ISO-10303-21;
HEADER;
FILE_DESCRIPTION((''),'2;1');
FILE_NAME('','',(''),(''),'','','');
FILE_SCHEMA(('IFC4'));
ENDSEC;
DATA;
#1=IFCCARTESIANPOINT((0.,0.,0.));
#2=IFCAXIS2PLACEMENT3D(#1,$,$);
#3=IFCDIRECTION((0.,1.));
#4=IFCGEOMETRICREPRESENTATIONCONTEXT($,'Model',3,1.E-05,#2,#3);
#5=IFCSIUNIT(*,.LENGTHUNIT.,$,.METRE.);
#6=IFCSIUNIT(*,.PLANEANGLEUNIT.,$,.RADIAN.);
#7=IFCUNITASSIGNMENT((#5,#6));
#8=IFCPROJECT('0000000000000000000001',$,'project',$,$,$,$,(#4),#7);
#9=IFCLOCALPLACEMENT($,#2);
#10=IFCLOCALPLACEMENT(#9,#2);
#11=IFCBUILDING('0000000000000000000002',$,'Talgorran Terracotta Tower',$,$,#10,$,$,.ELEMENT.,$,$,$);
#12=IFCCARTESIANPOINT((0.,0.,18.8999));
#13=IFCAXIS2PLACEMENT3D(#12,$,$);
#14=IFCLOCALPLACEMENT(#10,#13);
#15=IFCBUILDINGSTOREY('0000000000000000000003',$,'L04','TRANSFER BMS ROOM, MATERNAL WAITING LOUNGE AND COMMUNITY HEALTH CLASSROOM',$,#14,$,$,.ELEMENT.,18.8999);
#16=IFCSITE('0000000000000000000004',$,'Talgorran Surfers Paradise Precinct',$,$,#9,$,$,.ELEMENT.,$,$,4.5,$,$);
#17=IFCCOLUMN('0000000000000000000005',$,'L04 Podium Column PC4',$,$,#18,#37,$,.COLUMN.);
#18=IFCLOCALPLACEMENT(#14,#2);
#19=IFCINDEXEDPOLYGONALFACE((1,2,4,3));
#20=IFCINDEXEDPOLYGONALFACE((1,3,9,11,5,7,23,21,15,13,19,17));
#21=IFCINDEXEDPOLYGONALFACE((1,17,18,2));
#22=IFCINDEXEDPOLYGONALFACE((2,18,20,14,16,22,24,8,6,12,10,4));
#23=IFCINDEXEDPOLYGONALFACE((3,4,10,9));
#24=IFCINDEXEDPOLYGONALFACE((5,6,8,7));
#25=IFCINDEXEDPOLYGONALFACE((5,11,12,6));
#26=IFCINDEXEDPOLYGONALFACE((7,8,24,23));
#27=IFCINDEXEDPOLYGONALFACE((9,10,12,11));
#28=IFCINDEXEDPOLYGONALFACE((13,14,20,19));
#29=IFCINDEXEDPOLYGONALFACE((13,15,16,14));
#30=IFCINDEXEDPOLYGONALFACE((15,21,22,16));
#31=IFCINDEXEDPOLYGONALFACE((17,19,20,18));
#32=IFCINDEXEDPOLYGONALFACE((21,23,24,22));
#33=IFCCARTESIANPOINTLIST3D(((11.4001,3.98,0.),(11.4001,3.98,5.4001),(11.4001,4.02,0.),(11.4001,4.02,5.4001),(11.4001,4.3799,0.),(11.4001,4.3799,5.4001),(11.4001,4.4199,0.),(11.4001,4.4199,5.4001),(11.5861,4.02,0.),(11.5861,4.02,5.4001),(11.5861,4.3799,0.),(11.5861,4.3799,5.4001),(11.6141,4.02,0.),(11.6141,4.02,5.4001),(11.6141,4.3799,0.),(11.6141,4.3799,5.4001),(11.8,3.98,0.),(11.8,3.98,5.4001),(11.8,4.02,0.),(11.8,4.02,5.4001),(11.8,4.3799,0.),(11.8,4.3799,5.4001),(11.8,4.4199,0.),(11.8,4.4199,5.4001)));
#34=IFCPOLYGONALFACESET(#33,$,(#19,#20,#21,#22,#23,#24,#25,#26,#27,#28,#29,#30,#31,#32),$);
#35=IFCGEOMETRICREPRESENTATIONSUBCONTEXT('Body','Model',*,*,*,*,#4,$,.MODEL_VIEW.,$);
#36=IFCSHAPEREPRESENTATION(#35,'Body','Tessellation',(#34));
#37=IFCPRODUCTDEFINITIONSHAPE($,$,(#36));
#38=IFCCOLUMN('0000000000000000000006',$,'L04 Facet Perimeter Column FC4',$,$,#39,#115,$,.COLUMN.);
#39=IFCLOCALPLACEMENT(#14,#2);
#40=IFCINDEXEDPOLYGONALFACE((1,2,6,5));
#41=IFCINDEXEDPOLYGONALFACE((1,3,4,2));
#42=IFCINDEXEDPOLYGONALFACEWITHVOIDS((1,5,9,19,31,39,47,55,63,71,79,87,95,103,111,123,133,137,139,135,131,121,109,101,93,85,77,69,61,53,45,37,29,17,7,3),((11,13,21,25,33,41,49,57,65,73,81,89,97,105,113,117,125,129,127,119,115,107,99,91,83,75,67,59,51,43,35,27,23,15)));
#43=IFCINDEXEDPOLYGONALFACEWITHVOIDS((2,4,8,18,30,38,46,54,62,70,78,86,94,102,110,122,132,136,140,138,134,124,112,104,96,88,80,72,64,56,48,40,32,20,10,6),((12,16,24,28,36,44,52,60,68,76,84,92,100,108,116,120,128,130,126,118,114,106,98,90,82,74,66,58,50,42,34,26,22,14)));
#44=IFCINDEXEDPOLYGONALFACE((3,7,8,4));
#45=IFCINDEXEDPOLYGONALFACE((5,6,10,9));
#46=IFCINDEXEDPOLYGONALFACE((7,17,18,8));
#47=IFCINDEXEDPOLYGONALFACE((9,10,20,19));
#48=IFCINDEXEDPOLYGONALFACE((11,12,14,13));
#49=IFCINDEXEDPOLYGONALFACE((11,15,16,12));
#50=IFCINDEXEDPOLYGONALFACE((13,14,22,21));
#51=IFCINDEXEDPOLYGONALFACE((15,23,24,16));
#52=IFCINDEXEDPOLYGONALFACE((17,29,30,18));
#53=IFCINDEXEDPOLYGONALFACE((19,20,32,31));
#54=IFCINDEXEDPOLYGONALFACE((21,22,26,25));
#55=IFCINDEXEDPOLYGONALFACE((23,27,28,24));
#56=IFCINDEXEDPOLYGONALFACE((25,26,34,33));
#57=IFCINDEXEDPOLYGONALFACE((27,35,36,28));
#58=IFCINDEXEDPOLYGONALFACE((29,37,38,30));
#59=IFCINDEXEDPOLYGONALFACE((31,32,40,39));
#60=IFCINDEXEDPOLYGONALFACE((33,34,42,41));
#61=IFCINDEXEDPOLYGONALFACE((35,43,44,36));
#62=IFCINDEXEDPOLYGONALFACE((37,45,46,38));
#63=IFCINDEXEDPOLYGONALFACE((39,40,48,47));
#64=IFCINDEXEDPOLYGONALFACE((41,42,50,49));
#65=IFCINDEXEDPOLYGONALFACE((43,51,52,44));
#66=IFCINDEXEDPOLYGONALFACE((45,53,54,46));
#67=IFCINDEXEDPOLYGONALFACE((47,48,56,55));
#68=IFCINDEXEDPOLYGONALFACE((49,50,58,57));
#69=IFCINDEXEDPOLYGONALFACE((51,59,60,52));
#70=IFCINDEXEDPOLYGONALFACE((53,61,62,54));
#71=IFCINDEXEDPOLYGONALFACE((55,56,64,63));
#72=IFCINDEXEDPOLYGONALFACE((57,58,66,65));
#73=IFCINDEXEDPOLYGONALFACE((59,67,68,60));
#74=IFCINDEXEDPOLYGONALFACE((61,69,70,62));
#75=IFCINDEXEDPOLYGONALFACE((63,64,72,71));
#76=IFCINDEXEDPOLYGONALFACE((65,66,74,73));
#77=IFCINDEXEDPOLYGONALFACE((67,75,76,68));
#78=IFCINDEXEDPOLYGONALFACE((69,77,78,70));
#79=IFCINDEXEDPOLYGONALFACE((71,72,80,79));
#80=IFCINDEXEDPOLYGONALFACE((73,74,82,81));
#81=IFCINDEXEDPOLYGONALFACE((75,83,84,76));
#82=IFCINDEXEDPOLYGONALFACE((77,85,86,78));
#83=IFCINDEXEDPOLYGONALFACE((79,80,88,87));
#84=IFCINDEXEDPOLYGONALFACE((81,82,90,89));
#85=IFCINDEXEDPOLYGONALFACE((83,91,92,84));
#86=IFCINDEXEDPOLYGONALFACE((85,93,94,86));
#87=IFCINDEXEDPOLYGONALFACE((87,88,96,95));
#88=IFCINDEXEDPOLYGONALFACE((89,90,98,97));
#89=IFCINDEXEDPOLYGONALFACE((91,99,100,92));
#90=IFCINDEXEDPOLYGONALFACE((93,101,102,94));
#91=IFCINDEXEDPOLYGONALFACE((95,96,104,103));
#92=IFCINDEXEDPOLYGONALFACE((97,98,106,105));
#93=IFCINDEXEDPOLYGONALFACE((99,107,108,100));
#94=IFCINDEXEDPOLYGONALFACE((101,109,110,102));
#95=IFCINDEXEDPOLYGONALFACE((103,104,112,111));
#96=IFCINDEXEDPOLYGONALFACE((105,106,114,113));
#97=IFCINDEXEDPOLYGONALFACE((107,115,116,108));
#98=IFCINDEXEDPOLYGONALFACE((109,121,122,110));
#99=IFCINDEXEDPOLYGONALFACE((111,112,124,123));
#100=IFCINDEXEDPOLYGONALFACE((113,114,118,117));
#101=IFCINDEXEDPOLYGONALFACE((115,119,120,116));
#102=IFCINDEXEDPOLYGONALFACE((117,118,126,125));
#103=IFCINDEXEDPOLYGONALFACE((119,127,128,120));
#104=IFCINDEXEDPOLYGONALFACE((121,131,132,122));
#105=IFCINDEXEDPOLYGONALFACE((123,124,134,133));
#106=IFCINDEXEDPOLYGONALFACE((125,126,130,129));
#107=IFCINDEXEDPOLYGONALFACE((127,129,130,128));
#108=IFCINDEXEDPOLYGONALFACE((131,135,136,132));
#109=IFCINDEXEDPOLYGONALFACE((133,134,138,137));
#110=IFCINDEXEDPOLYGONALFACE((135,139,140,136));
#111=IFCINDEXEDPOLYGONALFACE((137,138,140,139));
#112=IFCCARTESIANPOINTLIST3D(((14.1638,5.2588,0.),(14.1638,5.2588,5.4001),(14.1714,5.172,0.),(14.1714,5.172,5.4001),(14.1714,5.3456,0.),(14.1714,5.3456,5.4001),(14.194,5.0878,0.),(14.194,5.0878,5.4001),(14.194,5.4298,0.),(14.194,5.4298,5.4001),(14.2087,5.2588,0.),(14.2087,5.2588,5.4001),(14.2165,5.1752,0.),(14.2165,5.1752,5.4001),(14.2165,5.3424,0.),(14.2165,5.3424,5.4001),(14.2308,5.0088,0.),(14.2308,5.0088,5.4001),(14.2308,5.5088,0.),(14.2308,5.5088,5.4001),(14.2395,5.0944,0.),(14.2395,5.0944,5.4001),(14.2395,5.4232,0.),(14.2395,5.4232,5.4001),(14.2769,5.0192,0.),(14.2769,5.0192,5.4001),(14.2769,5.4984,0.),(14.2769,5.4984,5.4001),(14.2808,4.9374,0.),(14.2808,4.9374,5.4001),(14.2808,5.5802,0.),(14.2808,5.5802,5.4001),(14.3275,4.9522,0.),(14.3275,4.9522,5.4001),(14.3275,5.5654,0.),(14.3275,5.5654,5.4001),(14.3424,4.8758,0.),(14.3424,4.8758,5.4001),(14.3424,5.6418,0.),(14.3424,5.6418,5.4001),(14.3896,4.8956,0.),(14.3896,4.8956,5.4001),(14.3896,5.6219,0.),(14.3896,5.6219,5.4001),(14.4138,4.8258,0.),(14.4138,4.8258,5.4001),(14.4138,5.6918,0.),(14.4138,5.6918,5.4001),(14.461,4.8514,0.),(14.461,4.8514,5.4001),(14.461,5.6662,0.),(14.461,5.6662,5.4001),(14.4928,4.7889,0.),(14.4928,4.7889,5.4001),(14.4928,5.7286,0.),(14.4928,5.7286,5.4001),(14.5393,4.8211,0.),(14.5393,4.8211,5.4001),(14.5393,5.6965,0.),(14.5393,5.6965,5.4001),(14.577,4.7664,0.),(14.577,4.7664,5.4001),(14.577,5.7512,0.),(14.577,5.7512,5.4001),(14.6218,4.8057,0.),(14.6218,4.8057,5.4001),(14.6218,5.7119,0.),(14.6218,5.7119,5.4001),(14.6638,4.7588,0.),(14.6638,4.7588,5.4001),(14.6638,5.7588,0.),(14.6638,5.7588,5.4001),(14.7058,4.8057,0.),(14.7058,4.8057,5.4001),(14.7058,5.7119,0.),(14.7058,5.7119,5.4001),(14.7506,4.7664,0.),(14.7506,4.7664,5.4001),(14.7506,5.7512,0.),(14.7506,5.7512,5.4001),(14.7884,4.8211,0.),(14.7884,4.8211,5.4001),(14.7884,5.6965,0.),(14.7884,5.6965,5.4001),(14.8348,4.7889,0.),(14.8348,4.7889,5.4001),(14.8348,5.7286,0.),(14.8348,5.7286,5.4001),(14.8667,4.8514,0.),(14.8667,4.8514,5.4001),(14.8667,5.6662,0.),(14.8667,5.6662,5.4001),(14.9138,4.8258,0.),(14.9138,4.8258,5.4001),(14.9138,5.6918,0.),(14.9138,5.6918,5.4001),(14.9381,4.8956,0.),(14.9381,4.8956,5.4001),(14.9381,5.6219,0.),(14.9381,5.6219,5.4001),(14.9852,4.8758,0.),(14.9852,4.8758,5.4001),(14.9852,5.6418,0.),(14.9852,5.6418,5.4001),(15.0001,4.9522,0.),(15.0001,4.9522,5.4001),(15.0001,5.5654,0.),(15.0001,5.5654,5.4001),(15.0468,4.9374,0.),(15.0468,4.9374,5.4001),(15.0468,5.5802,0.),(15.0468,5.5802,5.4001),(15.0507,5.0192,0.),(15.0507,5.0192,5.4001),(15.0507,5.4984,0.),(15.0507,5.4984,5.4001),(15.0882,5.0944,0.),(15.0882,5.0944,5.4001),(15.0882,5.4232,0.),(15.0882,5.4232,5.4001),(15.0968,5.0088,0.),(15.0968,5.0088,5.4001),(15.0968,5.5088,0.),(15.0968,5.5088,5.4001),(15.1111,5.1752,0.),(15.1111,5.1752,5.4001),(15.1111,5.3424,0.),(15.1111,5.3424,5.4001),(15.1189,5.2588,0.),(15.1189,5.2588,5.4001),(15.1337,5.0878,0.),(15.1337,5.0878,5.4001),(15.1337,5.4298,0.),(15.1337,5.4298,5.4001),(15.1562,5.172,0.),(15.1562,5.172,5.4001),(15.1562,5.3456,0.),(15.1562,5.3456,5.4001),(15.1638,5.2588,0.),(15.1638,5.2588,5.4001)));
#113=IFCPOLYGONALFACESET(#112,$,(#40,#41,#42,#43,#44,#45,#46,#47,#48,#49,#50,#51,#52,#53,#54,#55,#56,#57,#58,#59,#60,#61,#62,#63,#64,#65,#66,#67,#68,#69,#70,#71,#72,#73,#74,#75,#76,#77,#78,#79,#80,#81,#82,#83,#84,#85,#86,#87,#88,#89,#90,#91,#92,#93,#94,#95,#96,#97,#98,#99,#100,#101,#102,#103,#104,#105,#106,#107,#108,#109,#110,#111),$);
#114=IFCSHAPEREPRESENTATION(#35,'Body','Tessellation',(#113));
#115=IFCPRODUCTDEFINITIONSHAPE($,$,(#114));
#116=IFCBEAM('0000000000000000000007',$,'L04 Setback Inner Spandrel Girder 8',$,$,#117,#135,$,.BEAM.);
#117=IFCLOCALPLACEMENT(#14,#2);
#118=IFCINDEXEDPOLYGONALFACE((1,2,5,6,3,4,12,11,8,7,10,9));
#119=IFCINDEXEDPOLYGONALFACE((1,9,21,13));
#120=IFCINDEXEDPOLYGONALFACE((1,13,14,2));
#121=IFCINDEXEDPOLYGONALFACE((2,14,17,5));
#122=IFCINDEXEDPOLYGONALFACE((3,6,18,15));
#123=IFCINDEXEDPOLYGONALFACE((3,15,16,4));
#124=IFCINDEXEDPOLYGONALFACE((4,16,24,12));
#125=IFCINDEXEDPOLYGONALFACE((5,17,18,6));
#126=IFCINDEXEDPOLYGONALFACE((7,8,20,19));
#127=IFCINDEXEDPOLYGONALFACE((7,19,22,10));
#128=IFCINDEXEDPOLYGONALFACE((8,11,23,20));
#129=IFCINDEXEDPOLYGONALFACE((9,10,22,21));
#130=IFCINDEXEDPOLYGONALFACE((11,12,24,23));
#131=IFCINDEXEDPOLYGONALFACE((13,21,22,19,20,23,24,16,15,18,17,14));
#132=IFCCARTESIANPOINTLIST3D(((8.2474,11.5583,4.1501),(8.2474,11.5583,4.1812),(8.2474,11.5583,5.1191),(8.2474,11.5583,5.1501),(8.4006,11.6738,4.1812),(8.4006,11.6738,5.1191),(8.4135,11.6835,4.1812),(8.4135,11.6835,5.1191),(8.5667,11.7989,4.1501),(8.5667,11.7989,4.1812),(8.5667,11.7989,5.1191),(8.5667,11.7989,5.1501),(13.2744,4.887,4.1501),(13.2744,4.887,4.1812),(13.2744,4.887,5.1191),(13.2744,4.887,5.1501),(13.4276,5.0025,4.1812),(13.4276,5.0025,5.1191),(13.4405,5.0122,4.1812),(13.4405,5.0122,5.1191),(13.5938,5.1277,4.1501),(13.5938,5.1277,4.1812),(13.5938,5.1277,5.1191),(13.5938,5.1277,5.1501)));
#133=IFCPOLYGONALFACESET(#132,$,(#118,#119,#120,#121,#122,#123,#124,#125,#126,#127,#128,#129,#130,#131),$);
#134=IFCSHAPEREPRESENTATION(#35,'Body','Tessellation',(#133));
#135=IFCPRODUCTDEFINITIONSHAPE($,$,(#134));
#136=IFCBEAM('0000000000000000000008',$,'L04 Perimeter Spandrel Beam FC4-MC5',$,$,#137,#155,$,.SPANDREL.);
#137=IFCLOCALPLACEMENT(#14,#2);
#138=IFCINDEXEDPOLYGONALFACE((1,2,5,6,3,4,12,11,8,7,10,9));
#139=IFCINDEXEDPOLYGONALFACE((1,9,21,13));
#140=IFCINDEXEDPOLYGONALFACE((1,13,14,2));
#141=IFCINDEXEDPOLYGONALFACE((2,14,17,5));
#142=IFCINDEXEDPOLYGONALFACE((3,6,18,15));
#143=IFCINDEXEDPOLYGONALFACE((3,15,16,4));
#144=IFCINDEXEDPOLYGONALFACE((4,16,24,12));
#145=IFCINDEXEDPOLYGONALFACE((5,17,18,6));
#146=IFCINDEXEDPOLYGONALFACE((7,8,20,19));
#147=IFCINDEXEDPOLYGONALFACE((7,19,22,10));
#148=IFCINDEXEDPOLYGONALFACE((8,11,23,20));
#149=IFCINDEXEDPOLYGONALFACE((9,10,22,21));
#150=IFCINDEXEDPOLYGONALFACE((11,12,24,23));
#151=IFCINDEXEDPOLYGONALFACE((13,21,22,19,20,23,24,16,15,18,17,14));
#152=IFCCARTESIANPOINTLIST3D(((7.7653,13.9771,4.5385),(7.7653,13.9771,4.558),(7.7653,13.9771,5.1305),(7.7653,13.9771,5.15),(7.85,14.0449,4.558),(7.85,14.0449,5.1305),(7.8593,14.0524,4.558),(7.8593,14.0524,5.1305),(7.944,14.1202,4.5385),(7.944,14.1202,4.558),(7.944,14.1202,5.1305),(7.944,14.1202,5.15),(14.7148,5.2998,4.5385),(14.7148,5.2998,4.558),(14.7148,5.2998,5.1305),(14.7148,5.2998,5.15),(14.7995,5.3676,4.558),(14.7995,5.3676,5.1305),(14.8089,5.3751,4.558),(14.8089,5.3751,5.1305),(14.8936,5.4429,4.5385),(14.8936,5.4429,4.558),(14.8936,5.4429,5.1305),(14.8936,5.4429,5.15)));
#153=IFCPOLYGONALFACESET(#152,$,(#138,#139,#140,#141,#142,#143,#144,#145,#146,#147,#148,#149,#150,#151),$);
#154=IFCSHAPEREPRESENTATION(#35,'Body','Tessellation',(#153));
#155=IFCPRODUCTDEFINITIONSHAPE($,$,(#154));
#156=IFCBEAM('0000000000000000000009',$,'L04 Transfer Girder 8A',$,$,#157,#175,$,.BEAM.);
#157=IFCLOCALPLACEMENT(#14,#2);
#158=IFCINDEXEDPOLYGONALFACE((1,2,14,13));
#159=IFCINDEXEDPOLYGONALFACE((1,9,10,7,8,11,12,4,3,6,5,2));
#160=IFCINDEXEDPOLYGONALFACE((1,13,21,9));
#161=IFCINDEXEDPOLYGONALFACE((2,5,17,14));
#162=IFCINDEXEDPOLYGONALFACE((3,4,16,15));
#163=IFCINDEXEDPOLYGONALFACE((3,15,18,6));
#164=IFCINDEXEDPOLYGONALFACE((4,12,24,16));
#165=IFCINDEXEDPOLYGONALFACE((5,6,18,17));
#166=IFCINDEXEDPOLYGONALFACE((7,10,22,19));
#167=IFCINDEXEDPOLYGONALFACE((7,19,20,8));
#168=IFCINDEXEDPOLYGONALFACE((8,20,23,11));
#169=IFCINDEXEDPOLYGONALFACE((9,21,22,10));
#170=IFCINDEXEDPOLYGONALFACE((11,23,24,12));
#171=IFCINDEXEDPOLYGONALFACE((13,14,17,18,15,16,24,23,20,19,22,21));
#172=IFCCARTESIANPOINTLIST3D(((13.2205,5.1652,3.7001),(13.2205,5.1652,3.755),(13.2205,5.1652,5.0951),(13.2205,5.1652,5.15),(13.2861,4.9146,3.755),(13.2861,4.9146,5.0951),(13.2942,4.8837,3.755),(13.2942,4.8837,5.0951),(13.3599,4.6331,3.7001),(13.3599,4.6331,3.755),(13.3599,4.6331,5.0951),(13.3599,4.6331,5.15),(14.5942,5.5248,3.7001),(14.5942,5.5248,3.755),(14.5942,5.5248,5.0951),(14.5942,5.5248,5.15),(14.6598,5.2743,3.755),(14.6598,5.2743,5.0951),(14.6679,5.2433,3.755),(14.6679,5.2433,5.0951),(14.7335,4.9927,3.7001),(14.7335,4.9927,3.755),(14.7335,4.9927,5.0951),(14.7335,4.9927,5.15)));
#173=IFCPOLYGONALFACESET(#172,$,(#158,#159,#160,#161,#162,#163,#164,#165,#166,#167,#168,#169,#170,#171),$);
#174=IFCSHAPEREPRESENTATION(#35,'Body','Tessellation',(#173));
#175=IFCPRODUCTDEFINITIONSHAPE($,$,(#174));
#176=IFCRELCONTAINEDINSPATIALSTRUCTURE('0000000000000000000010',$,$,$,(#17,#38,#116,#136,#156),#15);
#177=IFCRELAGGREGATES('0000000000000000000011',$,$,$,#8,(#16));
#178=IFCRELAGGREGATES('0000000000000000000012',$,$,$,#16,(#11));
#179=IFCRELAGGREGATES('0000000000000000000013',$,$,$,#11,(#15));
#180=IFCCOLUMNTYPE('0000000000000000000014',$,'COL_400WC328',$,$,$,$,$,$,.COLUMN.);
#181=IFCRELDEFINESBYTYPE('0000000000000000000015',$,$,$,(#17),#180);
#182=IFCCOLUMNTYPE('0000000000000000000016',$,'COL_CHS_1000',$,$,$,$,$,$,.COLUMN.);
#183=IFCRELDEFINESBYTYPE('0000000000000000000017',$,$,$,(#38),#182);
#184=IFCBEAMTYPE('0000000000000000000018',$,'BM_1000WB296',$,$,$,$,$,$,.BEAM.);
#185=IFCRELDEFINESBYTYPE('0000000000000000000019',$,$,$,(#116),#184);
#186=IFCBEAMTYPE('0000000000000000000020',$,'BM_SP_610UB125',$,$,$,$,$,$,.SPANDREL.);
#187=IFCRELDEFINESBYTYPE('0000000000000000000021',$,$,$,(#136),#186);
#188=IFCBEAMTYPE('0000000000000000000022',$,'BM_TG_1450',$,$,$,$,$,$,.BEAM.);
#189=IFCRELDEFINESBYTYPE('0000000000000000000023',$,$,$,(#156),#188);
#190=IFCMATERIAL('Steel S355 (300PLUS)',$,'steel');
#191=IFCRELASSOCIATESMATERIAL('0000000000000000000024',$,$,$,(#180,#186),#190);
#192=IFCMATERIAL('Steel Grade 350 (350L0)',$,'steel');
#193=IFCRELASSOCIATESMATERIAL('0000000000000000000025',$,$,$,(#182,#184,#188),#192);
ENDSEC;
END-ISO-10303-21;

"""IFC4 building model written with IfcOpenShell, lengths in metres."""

from ifc_helpers import new_model, si_unit, direction, frame, origin, origin_2d, place, context, subcontext, project, spatial, hollow_circle, i_section, extrude, material, material_profile, profile_set, type_object, element, save


model = new_model("IFC4")

# Units and contexts
model_context = context("Model", 3, precision=1e-05, world=origin(), true_north=direction((0.0, 1.0)))
body_context = subcontext(model_context, "Body", "Model", "MODEL_VIEW")
ifc_project = project(units=[si_unit("LENGTHUNIT", "METRE"), si_unit("PLANEANGLEUNIT", "RADIAN")], contexts=[model_context])

# Site, building, storey
site_placement = place(None, origin())
site = spatial("IfcSite", under=ifc_project, at=site_placement, Name="Talgorran Surfers Paradise Precinct", CompositionType="ELEMENT", RefElevation=4.5)
building_placement = place(site_placement, origin())
building = spatial("IfcBuilding", under=site, at=building_placement, Name="Talgorran Terracotta Tower", CompositionType="ELEMENT")
storey_placement = place(building_placement, frame((0.0, 0.0, 18.8999)))
storey = spatial("IfcBuildingStorey", under=building, at=storey_placement, Name="L04", Description="TRANSFER BMS ROOM, MATERNAL WAITING LOUNGE AND COMMUNITY HEALTH CLASSROOM", CompositionType="ELEMENT", Elevation=18.8999)

# Columns
ifc_material_1 = material(Name="Steel S355 (300PLUS)", Category="steel")
ifc_material_profile_1 = material_profile(ifc_material_1, i_section(OverallWidth=0.3999, OverallDepth=0.4399, WebThickness=0.0281, FlangeThickness=0.04, at=origin_2d()), Name="400WC328")
ifc_profile_set_1 = profile_set([ifc_material_profile_1], Name="Steel S355 (300PLUS)")
column_type_1 = type_object("IfcColumnType", Name="COL_400WC328", PredefinedType="COLUMN", material=ifc_profile_set_1)
column_1_placement = place(storey_placement, frame((11.6001, 4.2, 0.0), z_axis=(0.0, 0.0, 1.0), x_axis=(1.0, 0.0, 0.0)))
element("IfcColumn", 1, at=column_1_placement, inside=storey, type_object=column_type_1, Name="L04 Podium Column PC4", PredefinedType="COLUMN", context=body_context, shape_type="SweptSolid", body=[
    extrude(i_section(OverallWidth=0.3999, OverallDepth=0.4399, WebThickness=0.0281, FlangeThickness=0.04, at=origin_2d()), origin(), (0.0, 0.0, 1.0), 5.4001),
])
ifc_material_2 = material(Name="Steel Grade 350 (350L0)", Category="steel")
ifc_material_profile_2 = material_profile(ifc_material_2, hollow_circle(Radius=0.5, WallThickness=0.0449, at=origin_2d()), Name="CHS1000X45")
ifc_profile_set_2 = profile_set([ifc_material_profile_2], Name="Steel Grade 350 (350L0)")
column_type_2 = type_object("IfcColumnType", Name="COL_CHS_1000", PredefinedType="COLUMN", material=ifc_profile_set_2)
column_2_placement = place(storey_placement, frame((14.6638, 5.2588, 0.0), z_axis=(0.0, 0.0, 1.0), x_axis=(1.0, 0.0, 0.0)))
element("IfcColumn", 2, at=column_2_placement, inside=storey, type_object=column_type_2, Name="L04 Facet Perimeter Column FC4", PredefinedType="COLUMN", context=body_context, shape_type="SweptSolid", body=[
    extrude(hollow_circle(Radius=0.5, WallThickness=0.0449, at=origin_2d()), origin(), (0.0, 0.0, 1.0), 5.4001),
])

# Beams
ifc_material_profile_3 = material_profile(ifc_material_2, i_section(OverallWidth=0.3999, OverallDepth=1.0, WebThickness=0.0161, FlangeThickness=0.031, at=origin_2d()), Name="1000WB296")
ifc_profile_set_3 = profile_set([ifc_material_profile_3], Name="Steel Grade 350 (350L0)")
beam_type_1 = type_object("IfcBeamType", Name="BM_1000WB296", PredefinedType="BEAM", material=ifc_profile_set_3)
beam_1_placement = place(storey_placement, frame((13.4341, 5.0073, 4.6501), z_axis=(-0.601804, 0.798644, 0.0), x_axis=(-0.798644, -0.601804, 0.0)))
element("IfcBeam", 3, at=beam_1_placement, inside=storey, type_object=beam_type_1, Name="L04 Setback Inner Spandrel Girder 8", PredefinedType="BEAM", context=body_context, shape_type="SweptSolid", body=[
    extrude(i_section(OverallWidth=0.3999, OverallDepth=1.0, WebThickness=0.0161, FlangeThickness=0.031, at=origin_2d()), origin(), (0.0, 0.0, 1.0), 8.3533),
])
ifc_material_profile_4 = material_profile(ifc_material_1, i_section(OverallWidth=0.229, OverallDepth=0.6116, WebThickness=0.012, FlangeThickness=0.0195, at=origin_2d()), Name="610UB125")
ifc_profile_set_4 = profile_set([ifc_material_profile_4], Name="Steel S355 (300PLUS)")
beam_type_2 = type_object("IfcBeamType", Name="BM_SP_610UB125", PredefinedType="SPANDREL", material=ifc_profile_set_4)
beam_2_placement = place(storey_placement, frame((14.8042, 5.3713, 4.8442), z_axis=(-0.625115, 0.780532, 0.0), x_axis=(-0.780532, -0.625115, 0.0)))
element("IfcBeam", 4, at=beam_2_placement, inside=storey, type_object=beam_type_2, Name="L04 Perimeter Spandrel Beam FC4-MC5", PredefinedType="SPANDREL", context=body_context, shape_type="SweptSolid", body=[
    extrude(i_section(OverallWidth=0.229, OverallDepth=0.6116, WebThickness=0.012, FlangeThickness=0.0195, at=origin_2d()), origin(), (0.0, 0.0, 1.0), 11.1172),
])
ifc_material_profile_5 = material_profile(ifc_material_2, i_section(OverallWidth=0.55, OverallDepth=1.45, WebThickness=0.032, FlangeThickness=0.0549, at=origin_2d()), Name="TG1450X550")
ifc_profile_set_5 = profile_set([ifc_material_profile_5], Name="Steel Grade 350 (350L0)")
beam_type_3 = type_object("IfcBeamType", Name="BM_TG_1450", PredefinedType="BEAM", material=ifc_profile_set_5)
beam_3_placement = place(storey_placement, frame((14.6638, 5.2588, 4.425), z_axis=(-0.967392, -0.253283, 0.0), x_axis=(0.253283, -0.967392, 0.0)))
element("IfcBeam", 5, at=beam_3_placement, inside=storey, type_object=beam_type_3, Name="L04 Transfer Girder 8A", PredefinedType="BEAM", context=body_context, shape_type="SweptSolid", body=[
    extrude(i_section(OverallWidth=0.55, OverallDepth=1.45, WebThickness=0.032, FlangeThickness=0.0549, at=origin_2d()), origin(), (0.0, 0.0, 1.0), 1.4199),
])

save(model, "model.ifc")
